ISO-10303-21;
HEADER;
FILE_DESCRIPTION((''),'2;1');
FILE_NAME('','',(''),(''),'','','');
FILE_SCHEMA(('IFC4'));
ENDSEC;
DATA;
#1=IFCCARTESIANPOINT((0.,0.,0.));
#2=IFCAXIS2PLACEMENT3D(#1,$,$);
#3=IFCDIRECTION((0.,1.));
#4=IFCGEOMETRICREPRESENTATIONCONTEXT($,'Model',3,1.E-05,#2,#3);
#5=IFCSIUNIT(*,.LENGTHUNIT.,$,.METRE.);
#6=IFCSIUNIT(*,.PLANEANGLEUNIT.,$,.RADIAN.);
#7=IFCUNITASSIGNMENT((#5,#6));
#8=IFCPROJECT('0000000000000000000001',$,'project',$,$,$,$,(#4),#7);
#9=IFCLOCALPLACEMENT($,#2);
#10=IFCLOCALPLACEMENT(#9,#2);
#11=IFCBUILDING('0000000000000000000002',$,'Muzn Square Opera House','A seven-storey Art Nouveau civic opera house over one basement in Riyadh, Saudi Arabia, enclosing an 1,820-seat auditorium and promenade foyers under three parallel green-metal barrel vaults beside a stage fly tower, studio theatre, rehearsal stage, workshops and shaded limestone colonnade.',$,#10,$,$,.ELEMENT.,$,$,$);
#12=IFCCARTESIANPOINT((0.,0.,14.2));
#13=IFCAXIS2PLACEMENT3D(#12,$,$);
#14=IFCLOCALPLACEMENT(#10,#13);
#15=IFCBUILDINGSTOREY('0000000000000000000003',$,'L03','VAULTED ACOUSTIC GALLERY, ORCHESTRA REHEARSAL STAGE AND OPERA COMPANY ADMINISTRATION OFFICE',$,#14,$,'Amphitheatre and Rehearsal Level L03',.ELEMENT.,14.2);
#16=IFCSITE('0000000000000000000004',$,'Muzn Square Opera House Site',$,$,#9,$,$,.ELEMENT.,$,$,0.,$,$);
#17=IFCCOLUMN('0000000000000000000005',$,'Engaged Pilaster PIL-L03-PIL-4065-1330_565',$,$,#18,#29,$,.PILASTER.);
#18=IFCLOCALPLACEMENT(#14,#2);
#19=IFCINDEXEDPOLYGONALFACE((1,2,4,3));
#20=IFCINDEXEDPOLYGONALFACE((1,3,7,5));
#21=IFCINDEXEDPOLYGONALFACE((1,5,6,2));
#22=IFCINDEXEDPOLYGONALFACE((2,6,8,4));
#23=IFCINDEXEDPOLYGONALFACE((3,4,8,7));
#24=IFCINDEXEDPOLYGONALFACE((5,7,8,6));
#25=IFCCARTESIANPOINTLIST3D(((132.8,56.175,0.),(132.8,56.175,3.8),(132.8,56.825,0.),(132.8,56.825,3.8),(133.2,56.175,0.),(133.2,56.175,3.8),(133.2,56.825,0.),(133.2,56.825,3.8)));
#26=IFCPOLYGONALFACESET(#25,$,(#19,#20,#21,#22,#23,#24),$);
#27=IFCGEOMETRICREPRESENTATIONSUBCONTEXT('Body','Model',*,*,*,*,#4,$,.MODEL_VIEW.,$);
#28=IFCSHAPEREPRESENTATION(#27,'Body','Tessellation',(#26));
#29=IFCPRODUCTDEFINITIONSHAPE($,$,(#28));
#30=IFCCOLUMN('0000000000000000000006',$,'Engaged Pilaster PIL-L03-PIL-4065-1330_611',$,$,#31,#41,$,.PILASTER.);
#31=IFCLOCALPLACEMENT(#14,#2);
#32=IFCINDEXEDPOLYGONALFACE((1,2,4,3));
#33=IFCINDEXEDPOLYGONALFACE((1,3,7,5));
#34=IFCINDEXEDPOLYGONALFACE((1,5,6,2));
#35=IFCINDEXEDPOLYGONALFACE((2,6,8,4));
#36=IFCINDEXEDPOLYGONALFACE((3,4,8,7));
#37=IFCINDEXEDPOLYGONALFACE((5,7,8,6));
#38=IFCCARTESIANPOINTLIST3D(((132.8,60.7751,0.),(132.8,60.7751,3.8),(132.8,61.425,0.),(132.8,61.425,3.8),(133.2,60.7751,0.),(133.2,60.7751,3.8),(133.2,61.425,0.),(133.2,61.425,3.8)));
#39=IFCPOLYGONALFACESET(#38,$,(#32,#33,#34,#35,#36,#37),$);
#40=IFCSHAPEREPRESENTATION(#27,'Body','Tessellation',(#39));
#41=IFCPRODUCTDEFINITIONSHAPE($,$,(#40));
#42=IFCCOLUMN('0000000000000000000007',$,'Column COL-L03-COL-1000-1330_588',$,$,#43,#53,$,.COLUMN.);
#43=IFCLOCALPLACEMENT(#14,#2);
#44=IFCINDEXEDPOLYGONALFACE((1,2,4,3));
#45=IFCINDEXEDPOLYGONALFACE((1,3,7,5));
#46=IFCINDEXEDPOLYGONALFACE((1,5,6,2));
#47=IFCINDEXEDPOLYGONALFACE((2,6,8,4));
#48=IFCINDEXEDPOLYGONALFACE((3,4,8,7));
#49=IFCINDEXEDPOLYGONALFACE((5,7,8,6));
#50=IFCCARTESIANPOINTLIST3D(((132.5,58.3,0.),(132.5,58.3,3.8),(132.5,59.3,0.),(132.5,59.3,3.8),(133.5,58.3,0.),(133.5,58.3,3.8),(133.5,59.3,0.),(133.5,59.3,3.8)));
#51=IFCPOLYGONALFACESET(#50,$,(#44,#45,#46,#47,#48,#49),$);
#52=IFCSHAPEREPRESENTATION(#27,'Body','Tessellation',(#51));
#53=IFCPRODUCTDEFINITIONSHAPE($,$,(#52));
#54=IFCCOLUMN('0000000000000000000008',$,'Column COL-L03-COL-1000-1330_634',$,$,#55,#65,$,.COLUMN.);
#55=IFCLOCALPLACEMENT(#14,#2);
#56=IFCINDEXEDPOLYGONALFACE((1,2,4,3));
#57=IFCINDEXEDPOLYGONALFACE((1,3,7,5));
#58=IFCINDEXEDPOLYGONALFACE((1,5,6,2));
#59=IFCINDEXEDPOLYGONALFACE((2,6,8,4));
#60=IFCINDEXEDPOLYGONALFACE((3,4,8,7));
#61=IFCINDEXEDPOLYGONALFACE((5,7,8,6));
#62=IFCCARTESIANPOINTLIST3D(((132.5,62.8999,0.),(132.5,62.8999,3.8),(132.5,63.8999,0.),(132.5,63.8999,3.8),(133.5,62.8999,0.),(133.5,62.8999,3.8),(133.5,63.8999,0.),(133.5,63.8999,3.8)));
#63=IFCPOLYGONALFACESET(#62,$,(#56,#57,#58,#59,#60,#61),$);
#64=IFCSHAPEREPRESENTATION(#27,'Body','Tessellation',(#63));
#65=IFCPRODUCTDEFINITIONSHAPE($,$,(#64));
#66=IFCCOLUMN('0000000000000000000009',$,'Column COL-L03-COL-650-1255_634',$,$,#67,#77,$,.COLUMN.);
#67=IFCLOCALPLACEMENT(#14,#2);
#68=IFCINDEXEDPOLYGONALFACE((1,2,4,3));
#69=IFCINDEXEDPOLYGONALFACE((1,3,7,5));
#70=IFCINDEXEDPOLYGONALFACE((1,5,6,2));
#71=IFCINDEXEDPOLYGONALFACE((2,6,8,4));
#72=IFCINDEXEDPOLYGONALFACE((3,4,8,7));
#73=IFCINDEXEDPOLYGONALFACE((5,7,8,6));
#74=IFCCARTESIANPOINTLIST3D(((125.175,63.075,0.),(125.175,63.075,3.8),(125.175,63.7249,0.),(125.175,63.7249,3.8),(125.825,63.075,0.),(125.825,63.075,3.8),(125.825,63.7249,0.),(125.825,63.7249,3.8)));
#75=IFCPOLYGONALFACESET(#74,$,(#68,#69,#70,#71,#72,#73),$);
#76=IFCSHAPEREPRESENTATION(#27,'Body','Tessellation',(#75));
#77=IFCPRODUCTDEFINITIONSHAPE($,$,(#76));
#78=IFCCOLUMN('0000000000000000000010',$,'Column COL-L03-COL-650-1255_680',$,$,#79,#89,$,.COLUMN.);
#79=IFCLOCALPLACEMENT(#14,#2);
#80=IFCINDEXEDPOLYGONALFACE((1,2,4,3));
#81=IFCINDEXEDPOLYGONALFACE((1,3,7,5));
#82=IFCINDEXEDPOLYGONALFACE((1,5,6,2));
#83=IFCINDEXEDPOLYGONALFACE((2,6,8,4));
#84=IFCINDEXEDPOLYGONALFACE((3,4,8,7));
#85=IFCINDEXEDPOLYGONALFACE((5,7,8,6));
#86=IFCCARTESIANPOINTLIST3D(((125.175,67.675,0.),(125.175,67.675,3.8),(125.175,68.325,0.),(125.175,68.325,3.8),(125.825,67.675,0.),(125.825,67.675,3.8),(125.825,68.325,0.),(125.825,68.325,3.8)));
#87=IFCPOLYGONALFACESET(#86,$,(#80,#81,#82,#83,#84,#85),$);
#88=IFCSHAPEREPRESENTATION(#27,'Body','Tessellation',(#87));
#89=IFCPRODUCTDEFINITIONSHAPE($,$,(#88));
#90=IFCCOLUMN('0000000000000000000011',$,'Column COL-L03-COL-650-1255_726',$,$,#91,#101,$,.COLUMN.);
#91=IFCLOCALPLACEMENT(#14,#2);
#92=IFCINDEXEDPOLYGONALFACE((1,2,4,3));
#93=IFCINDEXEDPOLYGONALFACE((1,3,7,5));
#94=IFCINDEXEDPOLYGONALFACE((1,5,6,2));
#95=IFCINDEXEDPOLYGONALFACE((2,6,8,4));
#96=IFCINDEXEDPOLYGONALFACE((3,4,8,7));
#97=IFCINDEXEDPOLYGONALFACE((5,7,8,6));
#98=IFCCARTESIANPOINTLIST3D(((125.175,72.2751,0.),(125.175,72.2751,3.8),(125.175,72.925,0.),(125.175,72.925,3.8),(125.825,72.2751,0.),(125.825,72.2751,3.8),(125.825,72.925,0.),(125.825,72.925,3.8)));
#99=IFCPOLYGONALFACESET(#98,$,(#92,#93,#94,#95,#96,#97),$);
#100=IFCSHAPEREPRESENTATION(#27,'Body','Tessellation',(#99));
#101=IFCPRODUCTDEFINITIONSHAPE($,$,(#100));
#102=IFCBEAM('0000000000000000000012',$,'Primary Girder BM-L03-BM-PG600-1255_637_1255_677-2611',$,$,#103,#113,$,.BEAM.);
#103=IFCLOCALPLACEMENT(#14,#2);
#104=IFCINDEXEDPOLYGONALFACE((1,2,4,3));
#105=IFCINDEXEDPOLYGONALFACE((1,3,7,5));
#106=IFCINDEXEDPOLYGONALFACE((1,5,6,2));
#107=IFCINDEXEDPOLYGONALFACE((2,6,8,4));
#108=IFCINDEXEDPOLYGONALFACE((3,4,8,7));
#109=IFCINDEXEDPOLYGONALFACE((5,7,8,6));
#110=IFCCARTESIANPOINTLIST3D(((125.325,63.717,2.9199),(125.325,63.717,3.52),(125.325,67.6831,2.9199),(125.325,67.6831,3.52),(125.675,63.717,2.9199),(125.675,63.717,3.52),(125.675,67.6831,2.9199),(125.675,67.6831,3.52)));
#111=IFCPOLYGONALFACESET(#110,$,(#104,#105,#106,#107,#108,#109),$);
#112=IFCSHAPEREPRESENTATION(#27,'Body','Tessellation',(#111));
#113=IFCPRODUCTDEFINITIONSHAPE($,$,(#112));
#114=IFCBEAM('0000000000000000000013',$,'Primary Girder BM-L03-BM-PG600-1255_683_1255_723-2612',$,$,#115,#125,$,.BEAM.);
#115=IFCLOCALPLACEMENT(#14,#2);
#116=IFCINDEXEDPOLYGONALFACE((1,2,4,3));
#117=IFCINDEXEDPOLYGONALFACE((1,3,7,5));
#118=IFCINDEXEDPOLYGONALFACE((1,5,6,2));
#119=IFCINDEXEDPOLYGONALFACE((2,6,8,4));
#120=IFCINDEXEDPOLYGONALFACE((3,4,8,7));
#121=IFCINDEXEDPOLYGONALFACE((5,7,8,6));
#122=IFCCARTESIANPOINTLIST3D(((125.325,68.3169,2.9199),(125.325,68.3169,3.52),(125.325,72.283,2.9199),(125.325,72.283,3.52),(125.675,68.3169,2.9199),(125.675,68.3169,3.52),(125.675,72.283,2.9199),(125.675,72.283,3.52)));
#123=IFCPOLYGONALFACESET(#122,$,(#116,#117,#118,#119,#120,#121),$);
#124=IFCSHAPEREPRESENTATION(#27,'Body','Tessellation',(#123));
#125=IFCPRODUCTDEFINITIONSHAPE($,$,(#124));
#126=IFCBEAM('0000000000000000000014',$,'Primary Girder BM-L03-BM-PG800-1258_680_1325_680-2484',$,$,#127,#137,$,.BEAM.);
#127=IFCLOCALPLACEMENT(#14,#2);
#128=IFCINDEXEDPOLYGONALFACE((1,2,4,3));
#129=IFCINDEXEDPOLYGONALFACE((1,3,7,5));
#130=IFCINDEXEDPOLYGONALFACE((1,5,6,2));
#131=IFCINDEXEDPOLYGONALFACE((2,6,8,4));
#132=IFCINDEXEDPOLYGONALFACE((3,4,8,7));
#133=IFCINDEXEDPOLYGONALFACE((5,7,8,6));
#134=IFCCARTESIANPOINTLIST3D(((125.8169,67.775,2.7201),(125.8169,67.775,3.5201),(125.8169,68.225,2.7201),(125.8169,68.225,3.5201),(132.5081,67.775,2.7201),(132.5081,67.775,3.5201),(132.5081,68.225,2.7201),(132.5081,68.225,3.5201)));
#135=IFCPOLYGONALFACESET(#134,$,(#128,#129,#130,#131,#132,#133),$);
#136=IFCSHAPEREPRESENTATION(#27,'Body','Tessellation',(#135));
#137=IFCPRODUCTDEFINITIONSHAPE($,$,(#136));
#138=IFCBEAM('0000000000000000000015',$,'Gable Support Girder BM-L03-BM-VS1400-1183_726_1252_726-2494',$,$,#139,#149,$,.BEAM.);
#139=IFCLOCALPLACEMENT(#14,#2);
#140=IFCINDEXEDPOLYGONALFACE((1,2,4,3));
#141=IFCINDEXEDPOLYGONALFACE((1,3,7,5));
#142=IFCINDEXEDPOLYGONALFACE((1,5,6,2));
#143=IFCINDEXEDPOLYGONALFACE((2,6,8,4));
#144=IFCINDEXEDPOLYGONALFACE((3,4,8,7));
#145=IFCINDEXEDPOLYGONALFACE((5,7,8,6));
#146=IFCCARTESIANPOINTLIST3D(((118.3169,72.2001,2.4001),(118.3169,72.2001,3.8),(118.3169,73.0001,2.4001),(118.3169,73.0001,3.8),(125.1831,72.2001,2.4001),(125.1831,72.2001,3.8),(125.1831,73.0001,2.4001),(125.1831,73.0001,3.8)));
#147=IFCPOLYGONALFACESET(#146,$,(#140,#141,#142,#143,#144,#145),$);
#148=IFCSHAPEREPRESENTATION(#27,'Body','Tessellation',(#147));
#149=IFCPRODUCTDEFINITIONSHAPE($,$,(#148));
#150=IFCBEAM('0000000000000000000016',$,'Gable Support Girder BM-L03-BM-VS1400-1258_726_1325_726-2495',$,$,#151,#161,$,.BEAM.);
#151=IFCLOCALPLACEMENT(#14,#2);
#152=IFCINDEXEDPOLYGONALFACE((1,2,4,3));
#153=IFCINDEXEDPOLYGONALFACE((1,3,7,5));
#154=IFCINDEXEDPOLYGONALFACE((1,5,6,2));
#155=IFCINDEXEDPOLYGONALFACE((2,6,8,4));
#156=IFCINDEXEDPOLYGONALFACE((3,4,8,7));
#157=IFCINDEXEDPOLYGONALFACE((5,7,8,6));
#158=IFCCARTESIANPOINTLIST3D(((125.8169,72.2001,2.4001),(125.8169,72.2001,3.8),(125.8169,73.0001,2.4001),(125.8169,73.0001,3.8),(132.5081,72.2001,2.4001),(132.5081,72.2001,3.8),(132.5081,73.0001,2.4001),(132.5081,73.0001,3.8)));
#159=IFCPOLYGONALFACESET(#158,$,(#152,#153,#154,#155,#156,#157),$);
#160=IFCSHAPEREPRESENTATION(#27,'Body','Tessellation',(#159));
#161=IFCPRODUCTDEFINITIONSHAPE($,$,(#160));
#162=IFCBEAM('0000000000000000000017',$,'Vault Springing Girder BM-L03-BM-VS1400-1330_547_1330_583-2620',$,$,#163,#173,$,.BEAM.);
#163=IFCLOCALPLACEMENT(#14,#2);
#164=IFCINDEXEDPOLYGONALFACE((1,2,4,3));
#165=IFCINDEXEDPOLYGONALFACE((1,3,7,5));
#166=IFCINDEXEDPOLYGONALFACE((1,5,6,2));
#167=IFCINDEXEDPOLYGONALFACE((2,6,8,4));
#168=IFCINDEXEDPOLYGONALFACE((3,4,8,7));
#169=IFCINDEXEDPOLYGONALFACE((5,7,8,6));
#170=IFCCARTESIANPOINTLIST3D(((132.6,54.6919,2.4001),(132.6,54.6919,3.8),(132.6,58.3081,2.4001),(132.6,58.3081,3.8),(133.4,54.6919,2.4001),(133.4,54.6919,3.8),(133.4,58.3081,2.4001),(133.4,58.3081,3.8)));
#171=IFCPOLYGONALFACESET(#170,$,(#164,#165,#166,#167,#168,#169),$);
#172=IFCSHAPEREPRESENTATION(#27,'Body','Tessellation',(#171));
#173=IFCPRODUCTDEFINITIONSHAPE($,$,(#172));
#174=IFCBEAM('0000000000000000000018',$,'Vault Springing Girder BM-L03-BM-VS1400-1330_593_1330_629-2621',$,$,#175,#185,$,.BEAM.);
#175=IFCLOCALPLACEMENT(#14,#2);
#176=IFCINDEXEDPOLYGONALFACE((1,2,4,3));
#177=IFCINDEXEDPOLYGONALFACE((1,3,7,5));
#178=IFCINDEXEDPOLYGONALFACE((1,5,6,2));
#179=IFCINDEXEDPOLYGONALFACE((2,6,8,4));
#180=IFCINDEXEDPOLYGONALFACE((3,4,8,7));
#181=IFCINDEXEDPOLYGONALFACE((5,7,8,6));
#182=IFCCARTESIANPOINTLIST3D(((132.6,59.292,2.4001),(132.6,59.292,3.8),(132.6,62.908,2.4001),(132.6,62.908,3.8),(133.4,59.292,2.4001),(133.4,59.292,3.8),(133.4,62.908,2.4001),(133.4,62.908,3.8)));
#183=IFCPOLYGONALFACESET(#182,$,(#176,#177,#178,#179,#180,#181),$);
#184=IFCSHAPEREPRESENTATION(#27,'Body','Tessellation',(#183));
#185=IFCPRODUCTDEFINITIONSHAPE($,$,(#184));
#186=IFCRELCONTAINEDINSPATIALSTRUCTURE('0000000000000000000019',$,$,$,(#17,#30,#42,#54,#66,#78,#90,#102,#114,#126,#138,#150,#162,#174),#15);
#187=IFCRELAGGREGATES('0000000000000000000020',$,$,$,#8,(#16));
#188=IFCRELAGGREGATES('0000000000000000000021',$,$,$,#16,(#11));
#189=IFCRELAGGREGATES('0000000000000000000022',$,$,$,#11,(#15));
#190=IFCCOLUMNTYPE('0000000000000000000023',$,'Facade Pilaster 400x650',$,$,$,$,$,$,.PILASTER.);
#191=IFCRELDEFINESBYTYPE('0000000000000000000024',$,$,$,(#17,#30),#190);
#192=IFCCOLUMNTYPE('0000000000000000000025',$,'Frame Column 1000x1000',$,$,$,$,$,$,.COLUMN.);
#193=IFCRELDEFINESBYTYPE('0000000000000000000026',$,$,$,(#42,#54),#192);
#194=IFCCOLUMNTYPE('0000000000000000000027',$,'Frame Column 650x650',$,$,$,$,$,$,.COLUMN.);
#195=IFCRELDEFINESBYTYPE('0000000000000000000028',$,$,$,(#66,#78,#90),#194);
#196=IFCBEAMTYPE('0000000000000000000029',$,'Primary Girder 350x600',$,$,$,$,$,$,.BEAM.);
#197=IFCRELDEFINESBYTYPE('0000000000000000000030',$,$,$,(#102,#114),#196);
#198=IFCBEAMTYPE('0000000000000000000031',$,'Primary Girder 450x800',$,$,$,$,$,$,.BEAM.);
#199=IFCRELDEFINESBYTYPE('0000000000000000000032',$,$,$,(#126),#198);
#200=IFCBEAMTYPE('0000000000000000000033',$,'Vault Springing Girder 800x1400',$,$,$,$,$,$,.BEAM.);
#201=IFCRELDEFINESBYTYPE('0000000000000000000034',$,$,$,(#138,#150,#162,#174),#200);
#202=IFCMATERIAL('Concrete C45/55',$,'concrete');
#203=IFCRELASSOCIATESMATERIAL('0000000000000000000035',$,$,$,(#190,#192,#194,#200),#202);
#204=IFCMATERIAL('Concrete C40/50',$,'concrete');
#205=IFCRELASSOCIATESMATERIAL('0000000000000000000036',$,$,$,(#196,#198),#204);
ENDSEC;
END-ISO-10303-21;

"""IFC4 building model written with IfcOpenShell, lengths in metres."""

from ifc_helpers import new_model, si_unit, direction, frame, origin, origin_2d, place, context, subcontext, project, spatial, rectangle, extrude, material, material_profile, profile_set, type_object, element, save


model = new_model("IFC4")

# Units and contexts
model_context = context("Model", 3, precision=1e-05, world=origin(), true_north=direction((0.0, 1.0)))
body_context = subcontext(model_context, "Body", "Model", "MODEL_VIEW")
ifc_project = project(units=[si_unit("LENGTHUNIT", "METRE"), si_unit("PLANEANGLEUNIT", "RADIAN")], contexts=[model_context])

# Site, building, storey
site_placement = place(None, origin())
site = spatial("IfcSite", under=ifc_project, at=site_placement, Name="Muzn Square Opera House Site", CompositionType="ELEMENT", RefElevation=0.0)
building_placement = place(site_placement, origin())
building = spatial("IfcBuilding", under=site, at=building_placement, Name="Muzn Square Opera House", Description="A seven-storey Art Nouveau civic opera house over one basement in Riyadh, Saudi Arabia, enclosing an 1,820-seat auditorium and promenade foyers under three parallel green-metal barrel vaults beside a stage fly tower, studio theatre, rehearsal stage, workshops and shaded limestone colonnade.", CompositionType="ELEMENT")
storey_placement = place(building_placement, frame((0.0, 0.0, 14.2)))
storey = spatial("IfcBuildingStorey", under=building, at=storey_placement, Name="L03", Description="VAULTED ACOUSTIC GALLERY, ORCHESTRA REHEARSAL STAGE AND OPERA COMPANY ADMINISTRATION OFFICE", LongName="Amphitheatre and Rehearsal Level L03", CompositionType="ELEMENT", Elevation=14.2)

# Columns
ifc_material_1 = material(Name="Concrete C45/55", Category="concrete")
ifc_material_profile_1 = material_profile(ifc_material_1, rectangle(XDim=0.3999, YDim=0.6499, at=origin_2d()), Name="RC 400x650", Category="concrete")
ifc_profile_set_1 = profile_set([ifc_material_profile_1], Name="Concrete C45/55")
column_type_1 = type_object("IfcColumnType", Name="Facade Pilaster 400x650", PredefinedType="PILASTER", material=ifc_profile_set_1)
for number, where, z_axis, x_axis, name in (
    (1, (133.0, 56.5, 0.0), (0.0, 0.0, 1.0), (1.0, 0.0, 0.0), "Engaged Pilaster PIL-L03-PIL-4065-1330_565"),
    (2, (133.0, 61.1001, 0.0), (0.0, 0.0, 1.0), (1.0, 0.0, 0.0), "Engaged Pilaster PIL-L03-PIL-4065-1330_611"),
):
    element("IfcColumn", number, at=place(storey_placement, frame(where, z_axis=z_axis, x_axis=x_axis)), inside=storey, type_object=column_type_1, Name=name, PredefinedType="PILASTER", context=body_context, shape_type="SweptSolid", body=[
        extrude(rectangle(XDim=0.3999, YDim=0.6499, at=origin_2d()), origin(), (0.0, 0.0, 1.0), 3.8),
    ])
ifc_material_profile_2 = material_profile(ifc_material_1, rectangle(XDim=1.0, YDim=1.0, at=origin_2d()), Name="RC 1000x1000", Category="concrete")
ifc_profile_set_2 = profile_set([ifc_material_profile_2], Name="Concrete C45/55")
column_type_2 = type_object("IfcColumnType", Name="Frame Column 1000x1000", PredefinedType="COLUMN", material=ifc_profile_set_2)
for number, where, z_axis, x_axis, name in (
    (3, (133.0, 58.8, 0.0), (0.0, 0.0, 1.0), (1.0, 0.0, 0.0), "Column COL-L03-COL-1000-1330_588"),
    (4, (133.0, 63.3999, 0.0), (0.0, 0.0, 1.0), (1.0, 0.0, 0.0), "Column COL-L03-COL-1000-1330_634"),
):
    element("IfcColumn", number, at=place(storey_placement, frame(where, z_axis=z_axis, x_axis=x_axis)), inside=storey, type_object=column_type_2, Name=name, PredefinedType="COLUMN", context=body_context, shape_type="SweptSolid", body=[
        extrude(rectangle(XDim=1.0, YDim=1.0, at=origin_2d()), origin(), (0.0, 0.0, 1.0), 3.8),
    ])
ifc_material_profile_3 = material_profile(ifc_material_1, rectangle(XDim=0.6499, YDim=0.6499, at=origin_2d()), Name="RC 650x650", Category="concrete")
ifc_profile_set_3 = profile_set([ifc_material_profile_3], Name="Concrete C45/55")
column_type_3 = type_object("IfcColumnType", Name="Frame Column 650x650", PredefinedType="COLUMN", material=ifc_profile_set_3)
for number, where, z_axis, x_axis, name in (
    (5, (125.5, 63.3999, 0.0), (0.0, 0.0, 1.0), (1.0, 0.0, 0.0), "Column COL-L03-COL-650-1255_634"),
    (6, (125.5, 68.0, 0.0), (0.0, 0.0, 1.0), (1.0, 0.0, 0.0), "Column COL-L03-COL-650-1255_680"),
    (7, (125.5, 72.6001, 0.0), (0.0, 0.0, 1.0), (1.0, 0.0, 0.0), "Column COL-L03-COL-650-1255_726"),
):
    element("IfcColumn", number, at=place(storey_placement, frame(where, z_axis=z_axis, x_axis=x_axis)), inside=storey, type_object=column_type_3, Name=name, PredefinedType="COLUMN", context=body_context, shape_type="SweptSolid", body=[
        extrude(rectangle(XDim=0.6499, YDim=0.6499, at=origin_2d()), origin(), (0.0, 0.0, 1.0), 3.8),
    ])

# Beams
ifc_material_2 = material(Name="Concrete C40/50", Category="concrete")
ifc_material_profile_4 = material_profile(ifc_material_2, rectangle(XDim=0.3501, YDim=0.6001, at=origin_2d()), Name="RCB 350x600", Category="concrete")
ifc_profile_set_4 = profile_set([ifc_material_profile_4], Name="Concrete C40/50")
beam_type_1 = type_object("IfcBeamType", Name="Primary Girder 350x600", PredefinedType="BEAM", material=ifc_profile_set_4)
for number, where, z_axis, x_axis, name in (
    (8, (125.5, 63.717, 3.22), (0.0, 1.0, 0.0), (-1.0, 0.0, 0.0), "Primary Girder BM-L03-BM-PG600-1255_637_1255_677-2611"),
    (9, (125.5, 68.3169, 3.22), (0.0, 1.0, 0.0), (-1.0, 0.0, 0.0), "Primary Girder BM-L03-BM-PG600-1255_683_1255_723-2612"),
):
    element("IfcBeam", number, at=place(storey_placement, frame(where, z_axis=z_axis, x_axis=x_axis)), inside=storey, type_object=beam_type_1, Name=name, PredefinedType="BEAM", context=body_context, shape_type="SweptSolid", body=[
        extrude(rectangle(XDim=0.3501, YDim=0.6001, at=origin_2d()), origin(), (0.0, 0.0, 1.0), 3.9661),
    ])
ifc_material_profile_5 = material_profile(ifc_material_2, rectangle(XDim=0.45, YDim=0.8, at=origin_2d()), Name="RCB 450x800", Category="concrete")
ifc_profile_set_5 = profile_set([ifc_material_profile_5], Name="Concrete C40/50")
beam_type_2 = type_object("IfcBeamType", Name="Primary Girder 450x800", PredefinedType="BEAM", material=ifc_profile_set_5)
beam_1_placement = place(storey_placement, frame((125.8169, 68.0, 3.1201), z_axis=(1.0, 0.0, 0.0), x_axis=(0.0, 1.0, 0.0)))
element("IfcBeam", 10, at=beam_1_placement, inside=storey, type_object=beam_type_2, Name="Primary Girder BM-L03-BM-PG800-1258_680_1325_680-2484", PredefinedType="BEAM", context=body_context, shape_type="SweptSolid", body=[
    extrude(rectangle(XDim=0.45, YDim=0.8, at=origin_2d()), origin(), (0.0, 0.0, 1.0), 6.6912),
])
ifc_material_profile_6 = material_profile(ifc_material_1, rectangle(XDim=0.8, YDim=1.3999, at=origin_2d()), Name="RCB 800x1400", Category="concrete")
ifc_profile_set_6 = profile_set([ifc_material_profile_6], Name="Concrete C45/55")
beam_type_3 = type_object("IfcBeamType", Name="Vault Springing Girder 800x1400", PredefinedType="BEAM", material=ifc_profile_set_6)
beam_2_placement = place(storey_placement, frame((118.3169, 72.6001, 3.1001), z_axis=(1.0, 0.0, 0.0), x_axis=(0.0, 1.0, 0.0)))
element("IfcBeam", 11, at=beam_2_placement, inside=storey, type_object=beam_type_3, Name="Gable Support Girder BM-L03-BM-VS1400-1183_726_1252_726-2494", PredefinedType="BEAM", context=body_context, shape_type="SweptSolid", body=[
    extrude(rectangle(XDim=0.8, YDim=1.3999, at=origin_2d()), origin(), (0.0, 0.0, 1.0), 6.8662),
])
beam_3_placement = place(storey_placement, frame((125.8169, 72.6001, 3.1001), z_axis=(1.0, 0.0, 0.0), x_axis=(0.0, 1.0, 0.0)))
element("IfcBeam", 12, at=beam_3_placement, inside=storey, type_object=beam_type_3, Name="Gable Support Girder BM-L03-BM-VS1400-1258_726_1325_726-2495", PredefinedType="BEAM", context=body_context, shape_type="SweptSolid", body=[
    extrude(rectangle(XDim=0.8, YDim=1.3999, at=origin_2d()), origin(), (0.0, 0.0, 1.0), 6.6912),
])
beam_4_placement = place(storey_placement, frame((133.0, 54.6919, 3.1001), z_axis=(0.0, 1.0, 0.0), x_axis=(-1.0, 0.0, 0.0)))
element("IfcBeam", 13, at=beam_4_placement, inside=storey, type_object=beam_type_3, Name="Vault Springing Girder BM-L03-BM-VS1400-1330_547_1330_583-2620", PredefinedType="BEAM", context=body_context, shape_type="SweptSolid", body=[
    extrude(rectangle(XDim=0.8, YDim=1.3999, at=origin_2d()), origin(), (0.0, 0.0, 1.0), 3.6162),
])
beam_5_placement = place(storey_placement, frame((133.0, 59.292, 3.1001), z_axis=(0.0, 1.0, 0.0), x_axis=(-1.0, 0.0, 0.0)))
element("IfcBeam", 14, at=beam_5_placement, inside=storey, type_object=beam_type_3, Name="Vault Springing Girder BM-L03-BM-VS1400-1330_593_1330_629-2621", PredefinedType="BEAM", context=body_context, shape_type="SweptSolid", body=[
    extrude(rectangle(XDim=0.8, YDim=1.3999, at=origin_2d()), origin(), (0.0, 0.0, 1.0), 3.616),
])

save(model, "model.ifc")
